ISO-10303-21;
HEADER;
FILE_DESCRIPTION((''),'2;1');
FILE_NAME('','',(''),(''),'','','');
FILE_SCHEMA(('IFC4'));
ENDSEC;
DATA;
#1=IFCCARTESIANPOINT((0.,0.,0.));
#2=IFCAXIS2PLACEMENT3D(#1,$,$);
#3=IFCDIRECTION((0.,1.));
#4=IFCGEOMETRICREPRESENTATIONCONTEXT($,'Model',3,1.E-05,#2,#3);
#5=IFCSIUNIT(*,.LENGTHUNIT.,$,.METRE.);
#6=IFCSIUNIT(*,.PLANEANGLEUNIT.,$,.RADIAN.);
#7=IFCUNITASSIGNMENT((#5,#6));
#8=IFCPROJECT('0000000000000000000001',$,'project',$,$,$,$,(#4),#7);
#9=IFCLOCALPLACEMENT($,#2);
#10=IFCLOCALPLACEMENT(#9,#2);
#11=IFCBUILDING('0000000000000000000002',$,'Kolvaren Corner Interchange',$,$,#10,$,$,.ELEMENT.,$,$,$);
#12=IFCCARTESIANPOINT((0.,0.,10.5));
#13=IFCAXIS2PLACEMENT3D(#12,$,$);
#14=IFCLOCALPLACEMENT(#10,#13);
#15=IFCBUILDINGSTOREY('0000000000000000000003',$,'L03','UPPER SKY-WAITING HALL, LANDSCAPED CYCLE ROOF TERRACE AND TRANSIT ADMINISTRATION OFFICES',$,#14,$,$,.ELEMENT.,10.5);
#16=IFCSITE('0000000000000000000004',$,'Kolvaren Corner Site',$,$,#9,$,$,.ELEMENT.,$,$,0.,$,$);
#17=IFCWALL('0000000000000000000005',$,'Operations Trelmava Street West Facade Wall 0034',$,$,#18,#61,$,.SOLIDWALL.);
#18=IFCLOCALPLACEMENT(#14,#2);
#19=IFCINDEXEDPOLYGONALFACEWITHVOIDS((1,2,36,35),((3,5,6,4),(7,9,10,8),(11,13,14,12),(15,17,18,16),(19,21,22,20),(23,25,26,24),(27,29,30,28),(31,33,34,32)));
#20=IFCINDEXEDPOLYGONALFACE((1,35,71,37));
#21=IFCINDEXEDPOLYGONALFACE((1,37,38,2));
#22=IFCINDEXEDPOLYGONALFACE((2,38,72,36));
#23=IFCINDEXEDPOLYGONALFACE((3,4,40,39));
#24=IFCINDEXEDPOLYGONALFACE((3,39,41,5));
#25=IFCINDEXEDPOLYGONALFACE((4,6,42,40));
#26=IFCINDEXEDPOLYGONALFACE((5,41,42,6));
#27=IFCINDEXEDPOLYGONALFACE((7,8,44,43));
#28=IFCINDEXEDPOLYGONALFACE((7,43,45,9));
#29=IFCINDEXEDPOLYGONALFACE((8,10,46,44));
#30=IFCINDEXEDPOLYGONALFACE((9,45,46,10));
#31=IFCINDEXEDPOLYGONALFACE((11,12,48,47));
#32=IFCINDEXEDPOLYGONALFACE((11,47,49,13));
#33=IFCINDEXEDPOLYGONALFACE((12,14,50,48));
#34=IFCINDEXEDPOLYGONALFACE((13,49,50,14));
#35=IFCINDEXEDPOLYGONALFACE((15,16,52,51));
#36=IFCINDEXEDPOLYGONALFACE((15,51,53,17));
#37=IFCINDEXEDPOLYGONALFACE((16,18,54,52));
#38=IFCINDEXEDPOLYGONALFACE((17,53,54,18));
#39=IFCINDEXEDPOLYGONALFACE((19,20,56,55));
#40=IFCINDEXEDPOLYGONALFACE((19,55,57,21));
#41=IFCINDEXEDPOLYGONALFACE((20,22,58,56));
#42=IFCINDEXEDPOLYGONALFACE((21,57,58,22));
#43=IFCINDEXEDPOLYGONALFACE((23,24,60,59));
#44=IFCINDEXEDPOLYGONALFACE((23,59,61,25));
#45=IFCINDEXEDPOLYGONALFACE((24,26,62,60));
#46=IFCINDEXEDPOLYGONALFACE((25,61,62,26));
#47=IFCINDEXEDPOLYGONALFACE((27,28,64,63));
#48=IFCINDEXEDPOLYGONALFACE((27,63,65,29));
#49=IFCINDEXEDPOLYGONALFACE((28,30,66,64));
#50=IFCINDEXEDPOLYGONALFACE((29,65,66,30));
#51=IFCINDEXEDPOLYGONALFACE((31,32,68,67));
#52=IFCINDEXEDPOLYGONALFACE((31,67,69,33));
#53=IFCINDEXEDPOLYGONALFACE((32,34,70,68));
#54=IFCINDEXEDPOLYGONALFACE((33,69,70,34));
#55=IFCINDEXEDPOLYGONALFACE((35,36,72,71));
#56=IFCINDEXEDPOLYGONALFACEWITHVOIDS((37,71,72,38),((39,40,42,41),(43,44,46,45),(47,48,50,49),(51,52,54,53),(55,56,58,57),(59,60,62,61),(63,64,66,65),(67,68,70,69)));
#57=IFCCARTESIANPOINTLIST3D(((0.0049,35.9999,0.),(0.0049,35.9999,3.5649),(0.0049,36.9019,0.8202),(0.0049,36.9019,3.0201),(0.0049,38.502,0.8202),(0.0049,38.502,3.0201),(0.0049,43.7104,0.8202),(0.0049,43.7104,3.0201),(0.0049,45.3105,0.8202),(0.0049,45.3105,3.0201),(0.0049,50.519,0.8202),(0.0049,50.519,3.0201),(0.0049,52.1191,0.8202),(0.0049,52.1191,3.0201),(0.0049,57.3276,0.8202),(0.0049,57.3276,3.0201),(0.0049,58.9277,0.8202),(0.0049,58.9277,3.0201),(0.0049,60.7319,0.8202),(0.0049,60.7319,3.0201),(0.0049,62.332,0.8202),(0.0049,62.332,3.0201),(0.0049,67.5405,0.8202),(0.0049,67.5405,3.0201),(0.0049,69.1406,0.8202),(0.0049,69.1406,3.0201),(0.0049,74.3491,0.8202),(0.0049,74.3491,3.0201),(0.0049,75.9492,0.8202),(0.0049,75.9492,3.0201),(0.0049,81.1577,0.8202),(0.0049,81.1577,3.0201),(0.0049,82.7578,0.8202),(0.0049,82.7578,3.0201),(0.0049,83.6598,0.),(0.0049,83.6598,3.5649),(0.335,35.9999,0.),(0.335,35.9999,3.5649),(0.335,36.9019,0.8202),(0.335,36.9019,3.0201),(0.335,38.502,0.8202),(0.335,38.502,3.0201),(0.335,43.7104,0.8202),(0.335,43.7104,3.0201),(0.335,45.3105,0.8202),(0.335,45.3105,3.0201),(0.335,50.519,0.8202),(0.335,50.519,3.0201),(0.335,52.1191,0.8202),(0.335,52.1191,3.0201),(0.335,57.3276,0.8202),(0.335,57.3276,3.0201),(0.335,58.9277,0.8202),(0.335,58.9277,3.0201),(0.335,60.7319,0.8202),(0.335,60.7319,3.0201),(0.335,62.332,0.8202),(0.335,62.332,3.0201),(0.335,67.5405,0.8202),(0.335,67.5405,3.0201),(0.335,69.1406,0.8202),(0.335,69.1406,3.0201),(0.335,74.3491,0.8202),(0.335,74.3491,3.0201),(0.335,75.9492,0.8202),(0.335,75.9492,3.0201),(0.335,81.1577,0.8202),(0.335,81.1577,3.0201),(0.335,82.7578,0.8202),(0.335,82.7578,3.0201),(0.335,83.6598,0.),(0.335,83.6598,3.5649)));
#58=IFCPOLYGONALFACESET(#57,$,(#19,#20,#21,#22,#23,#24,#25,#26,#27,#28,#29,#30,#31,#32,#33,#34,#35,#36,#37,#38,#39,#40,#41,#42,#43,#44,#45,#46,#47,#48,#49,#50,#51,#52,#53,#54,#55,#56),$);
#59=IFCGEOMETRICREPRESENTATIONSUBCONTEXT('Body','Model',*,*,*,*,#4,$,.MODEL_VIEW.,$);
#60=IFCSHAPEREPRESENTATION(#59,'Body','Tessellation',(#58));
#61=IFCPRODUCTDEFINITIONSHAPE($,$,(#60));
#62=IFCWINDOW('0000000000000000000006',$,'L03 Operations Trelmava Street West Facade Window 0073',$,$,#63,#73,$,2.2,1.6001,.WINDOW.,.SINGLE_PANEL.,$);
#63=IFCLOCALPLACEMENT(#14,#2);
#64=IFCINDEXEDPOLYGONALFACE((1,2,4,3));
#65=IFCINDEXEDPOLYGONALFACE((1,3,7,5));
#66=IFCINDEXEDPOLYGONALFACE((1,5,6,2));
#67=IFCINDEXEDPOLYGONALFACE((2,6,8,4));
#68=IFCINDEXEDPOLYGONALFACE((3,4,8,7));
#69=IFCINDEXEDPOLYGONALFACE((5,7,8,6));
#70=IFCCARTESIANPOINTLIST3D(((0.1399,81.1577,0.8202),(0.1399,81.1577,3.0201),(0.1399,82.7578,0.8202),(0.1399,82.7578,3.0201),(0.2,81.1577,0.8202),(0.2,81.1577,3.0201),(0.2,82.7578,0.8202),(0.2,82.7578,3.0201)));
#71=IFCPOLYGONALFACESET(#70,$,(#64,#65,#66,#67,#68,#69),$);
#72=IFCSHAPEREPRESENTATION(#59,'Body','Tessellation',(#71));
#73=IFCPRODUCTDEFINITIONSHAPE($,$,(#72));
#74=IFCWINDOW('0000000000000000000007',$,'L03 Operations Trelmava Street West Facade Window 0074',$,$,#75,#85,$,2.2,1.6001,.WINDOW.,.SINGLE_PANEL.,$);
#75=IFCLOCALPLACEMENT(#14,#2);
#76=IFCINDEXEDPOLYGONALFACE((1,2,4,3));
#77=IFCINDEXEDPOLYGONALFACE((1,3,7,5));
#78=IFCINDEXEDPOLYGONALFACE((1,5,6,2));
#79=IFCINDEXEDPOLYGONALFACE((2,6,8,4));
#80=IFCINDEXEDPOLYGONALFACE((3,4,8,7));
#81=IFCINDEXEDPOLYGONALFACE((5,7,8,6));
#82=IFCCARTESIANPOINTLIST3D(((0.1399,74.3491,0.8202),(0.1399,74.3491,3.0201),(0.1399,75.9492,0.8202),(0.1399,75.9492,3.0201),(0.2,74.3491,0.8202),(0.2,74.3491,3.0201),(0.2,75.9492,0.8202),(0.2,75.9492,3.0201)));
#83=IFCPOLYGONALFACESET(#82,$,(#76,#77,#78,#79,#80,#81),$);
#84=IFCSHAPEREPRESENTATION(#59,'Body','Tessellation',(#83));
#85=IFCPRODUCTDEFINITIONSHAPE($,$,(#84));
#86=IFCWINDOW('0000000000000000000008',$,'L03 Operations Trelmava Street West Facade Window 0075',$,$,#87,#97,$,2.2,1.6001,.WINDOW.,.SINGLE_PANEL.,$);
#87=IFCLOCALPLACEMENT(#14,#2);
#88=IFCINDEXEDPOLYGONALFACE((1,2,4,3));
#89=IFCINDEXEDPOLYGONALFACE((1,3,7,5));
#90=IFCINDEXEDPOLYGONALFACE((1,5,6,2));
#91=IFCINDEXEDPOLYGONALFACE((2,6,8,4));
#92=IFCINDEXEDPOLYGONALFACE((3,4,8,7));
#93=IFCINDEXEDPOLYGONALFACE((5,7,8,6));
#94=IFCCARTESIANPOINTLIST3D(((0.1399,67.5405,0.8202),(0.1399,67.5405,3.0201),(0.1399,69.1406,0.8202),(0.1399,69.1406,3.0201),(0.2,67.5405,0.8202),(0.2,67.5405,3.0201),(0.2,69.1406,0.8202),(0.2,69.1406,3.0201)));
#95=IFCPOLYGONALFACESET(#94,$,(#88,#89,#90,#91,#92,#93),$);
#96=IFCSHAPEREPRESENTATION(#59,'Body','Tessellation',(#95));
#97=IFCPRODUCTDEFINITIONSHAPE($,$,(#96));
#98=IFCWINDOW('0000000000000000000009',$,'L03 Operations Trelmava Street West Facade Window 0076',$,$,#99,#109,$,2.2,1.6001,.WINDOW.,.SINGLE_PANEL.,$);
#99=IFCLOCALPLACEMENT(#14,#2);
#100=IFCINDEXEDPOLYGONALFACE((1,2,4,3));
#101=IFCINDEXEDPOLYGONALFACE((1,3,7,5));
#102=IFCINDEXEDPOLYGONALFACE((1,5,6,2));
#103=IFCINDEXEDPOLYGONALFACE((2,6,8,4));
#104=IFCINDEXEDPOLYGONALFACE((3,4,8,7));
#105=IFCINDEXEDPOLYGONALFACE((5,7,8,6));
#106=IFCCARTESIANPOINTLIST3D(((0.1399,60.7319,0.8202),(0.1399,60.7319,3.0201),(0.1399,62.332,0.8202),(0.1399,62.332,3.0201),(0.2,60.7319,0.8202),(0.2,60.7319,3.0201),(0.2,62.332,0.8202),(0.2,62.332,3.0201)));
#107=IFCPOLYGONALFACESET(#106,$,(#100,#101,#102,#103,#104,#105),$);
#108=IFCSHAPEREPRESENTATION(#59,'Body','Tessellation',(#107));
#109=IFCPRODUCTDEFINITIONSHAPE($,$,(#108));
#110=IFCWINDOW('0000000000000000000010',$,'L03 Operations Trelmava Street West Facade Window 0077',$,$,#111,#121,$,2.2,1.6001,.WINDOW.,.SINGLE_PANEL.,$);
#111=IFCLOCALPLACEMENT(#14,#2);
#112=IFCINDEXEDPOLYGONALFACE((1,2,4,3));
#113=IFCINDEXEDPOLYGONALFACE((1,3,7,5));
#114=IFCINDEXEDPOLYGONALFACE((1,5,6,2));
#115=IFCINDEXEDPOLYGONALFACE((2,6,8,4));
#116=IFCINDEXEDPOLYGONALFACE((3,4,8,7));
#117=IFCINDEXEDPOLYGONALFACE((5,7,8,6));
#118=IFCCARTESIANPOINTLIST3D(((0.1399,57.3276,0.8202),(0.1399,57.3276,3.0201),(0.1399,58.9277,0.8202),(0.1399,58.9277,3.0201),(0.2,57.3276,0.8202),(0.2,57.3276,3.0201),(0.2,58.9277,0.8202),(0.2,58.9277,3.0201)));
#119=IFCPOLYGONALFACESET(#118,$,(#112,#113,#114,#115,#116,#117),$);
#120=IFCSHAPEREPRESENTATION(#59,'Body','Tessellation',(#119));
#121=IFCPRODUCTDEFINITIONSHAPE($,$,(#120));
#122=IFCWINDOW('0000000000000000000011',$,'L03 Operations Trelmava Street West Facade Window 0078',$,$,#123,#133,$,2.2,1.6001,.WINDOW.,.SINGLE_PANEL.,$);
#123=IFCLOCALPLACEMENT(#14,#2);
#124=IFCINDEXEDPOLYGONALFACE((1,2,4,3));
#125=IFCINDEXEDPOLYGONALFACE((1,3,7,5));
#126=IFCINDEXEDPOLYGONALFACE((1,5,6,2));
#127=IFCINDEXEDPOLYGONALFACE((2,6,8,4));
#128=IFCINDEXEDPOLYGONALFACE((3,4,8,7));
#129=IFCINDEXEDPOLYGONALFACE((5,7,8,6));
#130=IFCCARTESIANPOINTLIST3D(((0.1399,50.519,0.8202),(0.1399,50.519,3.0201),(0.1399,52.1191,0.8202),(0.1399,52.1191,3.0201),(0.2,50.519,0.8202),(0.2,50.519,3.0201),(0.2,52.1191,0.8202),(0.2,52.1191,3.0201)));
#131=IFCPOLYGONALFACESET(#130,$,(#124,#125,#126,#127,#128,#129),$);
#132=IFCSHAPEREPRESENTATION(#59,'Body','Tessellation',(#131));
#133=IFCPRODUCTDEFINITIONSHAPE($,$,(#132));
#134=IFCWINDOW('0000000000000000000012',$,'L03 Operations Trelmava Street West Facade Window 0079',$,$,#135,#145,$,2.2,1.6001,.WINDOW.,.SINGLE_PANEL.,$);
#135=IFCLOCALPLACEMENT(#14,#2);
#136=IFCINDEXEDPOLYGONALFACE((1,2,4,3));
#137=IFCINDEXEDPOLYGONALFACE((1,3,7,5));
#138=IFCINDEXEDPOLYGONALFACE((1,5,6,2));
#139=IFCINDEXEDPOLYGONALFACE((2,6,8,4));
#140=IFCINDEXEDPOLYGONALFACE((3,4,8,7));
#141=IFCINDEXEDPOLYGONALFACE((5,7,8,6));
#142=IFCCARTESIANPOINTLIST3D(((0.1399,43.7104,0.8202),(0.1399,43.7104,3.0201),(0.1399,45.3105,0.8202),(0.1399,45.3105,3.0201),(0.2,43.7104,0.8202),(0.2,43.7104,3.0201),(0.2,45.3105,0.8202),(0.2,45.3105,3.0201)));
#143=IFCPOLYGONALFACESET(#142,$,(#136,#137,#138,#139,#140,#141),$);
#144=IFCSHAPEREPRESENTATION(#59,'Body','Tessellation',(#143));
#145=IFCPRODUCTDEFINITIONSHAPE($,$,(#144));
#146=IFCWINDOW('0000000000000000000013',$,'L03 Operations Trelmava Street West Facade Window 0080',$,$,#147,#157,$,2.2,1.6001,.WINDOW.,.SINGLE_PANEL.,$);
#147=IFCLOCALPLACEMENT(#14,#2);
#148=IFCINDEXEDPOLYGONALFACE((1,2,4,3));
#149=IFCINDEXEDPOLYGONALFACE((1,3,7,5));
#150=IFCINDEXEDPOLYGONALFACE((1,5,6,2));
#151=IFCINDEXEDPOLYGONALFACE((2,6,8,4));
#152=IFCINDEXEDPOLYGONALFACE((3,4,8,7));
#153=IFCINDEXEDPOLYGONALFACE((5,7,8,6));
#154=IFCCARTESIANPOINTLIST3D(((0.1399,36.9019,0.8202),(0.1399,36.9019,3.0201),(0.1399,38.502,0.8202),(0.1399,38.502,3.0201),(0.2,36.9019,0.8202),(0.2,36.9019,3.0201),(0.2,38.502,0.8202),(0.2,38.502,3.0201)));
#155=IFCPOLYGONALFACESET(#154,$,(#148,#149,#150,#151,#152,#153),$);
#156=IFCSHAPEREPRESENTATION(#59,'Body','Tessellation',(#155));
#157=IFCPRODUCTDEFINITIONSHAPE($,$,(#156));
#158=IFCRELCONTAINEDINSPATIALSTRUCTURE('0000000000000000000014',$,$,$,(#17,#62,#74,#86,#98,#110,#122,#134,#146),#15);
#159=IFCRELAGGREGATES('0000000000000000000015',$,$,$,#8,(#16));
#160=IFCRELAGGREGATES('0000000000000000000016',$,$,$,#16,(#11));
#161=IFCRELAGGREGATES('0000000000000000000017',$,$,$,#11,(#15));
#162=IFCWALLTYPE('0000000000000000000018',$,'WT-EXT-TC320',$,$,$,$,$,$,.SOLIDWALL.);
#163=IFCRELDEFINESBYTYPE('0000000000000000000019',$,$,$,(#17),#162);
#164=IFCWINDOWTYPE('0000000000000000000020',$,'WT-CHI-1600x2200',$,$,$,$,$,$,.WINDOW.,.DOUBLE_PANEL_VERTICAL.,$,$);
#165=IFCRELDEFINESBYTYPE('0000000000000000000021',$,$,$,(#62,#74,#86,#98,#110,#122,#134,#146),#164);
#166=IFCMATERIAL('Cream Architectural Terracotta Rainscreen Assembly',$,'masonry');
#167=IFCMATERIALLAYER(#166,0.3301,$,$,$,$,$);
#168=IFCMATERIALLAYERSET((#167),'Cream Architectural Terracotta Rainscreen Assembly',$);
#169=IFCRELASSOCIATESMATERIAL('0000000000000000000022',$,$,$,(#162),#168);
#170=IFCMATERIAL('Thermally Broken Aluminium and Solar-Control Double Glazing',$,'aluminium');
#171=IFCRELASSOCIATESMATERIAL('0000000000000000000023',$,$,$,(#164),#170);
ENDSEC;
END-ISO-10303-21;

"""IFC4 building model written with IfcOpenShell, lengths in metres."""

from ifc_helpers import new_model, si_unit, direction, frame, frame_2d, origin, place, context, subcontext, project, spatial, rectangle, extrude, material, layer, layer_set, type_object, element, fill, save


model = new_model("IFC4")

# Units and contexts
model_context = context("Model", 3, precision=1e-05, world=origin(), true_north=direction((0.0, 1.0)))
body_context = subcontext(model_context, "Body", "Model", "MODEL_VIEW")
ifc_project = project(units=[si_unit("LENGTHUNIT", "METRE"), si_unit("PLANEANGLEUNIT", "RADIAN")], contexts=[model_context])

# Site, building, storey
site_placement = place(None, origin())
site = spatial("IfcSite", under=ifc_project, at=site_placement, Name="Kolvaren Corner Site", CompositionType="ELEMENT", RefElevation=0.0)
building_placement = place(site_placement, origin())
building = spatial("IfcBuilding", under=site, at=building_placement, Name="Kolvaren Corner Interchange", CompositionType="ELEMENT")
storey_placement = place(building_placement, frame((0.0, 0.0, 10.5)))
storey = spatial("IfcBuildingStorey", under=building, at=storey_placement, Name="L03", Description="UPPER SKY-WAITING HALL, LANDSCAPED CYCLE ROOF TERRACE AND TRANSIT ADMINISTRATION OFFICES", CompositionType="ELEMENT", Elevation=10.5)

# Wall, openings, windows
ifc_material_1 = material(Name="Cream Architectural Terracotta Rainscreen Assembly", Category="masonry")
ifc_layer = layer(ifc_material_1, 0.3301)
ifc_layer_set = layer_set([ifc_layer], Name="Cream Architectural Terracotta Rainscreen Assembly")
wall_type = type_object("IfcWallType", Name="WT-EXT-TC320", PredefinedType="SOLIDWALL", material=ifc_layer_set)
wall_placement = place(storey_placement, frame((0.1699, 83.6599, 0.0), z_axis=(0.0, 0.0, 1.0), x_axis=(0.0, -1.0, 0.0)))
wall = element("IfcWall", 1, at=wall_placement, inside=storey, type_object=wall_type, Name="Operations Trelmava Street West Facade Wall 0034", PredefinedType="SOLIDWALL", context=body_context, shape_type="SweptSolid", body=[
    extrude(rectangle(XDim=47.6599, YDim=0.3301, at=frame_2d((23.8301, 0.0))), origin(), (0.0, 0.0, 1.0), 3.5649),
])
opening_1_placement = place(wall_placement, frame((0.9021, 0.0, 0.8201)))
opening_1 = element("IfcOpeningElement", 2, at=opening_1_placement, cuts=wall, PredefinedType="OPENING", context=body_context, shape_type="SweptSolid", body=[
    extrude(rectangle(XDim=1.6001, YDim=2.2, at=frame_2d((0.8, 1.1001))), frame((0.0, 0.175, 0.0), z_axis=(0.0, -1.0, 0.0), x_axis=(1.0, 0.0, 0.0)), (0.0, 0.0, 1.0), 0.3501),
])
opening_2_placement = place(wall_placement, frame((7.7107, 0.0, 0.8201)))
opening_2 = element("IfcOpeningElement", 3, at=opening_2_placement, cuts=wall, PredefinedType="OPENING", context=body_context, shape_type="SweptSolid", body=[
    extrude(rectangle(XDim=1.6001, YDim=2.2, at=frame_2d((0.8, 1.1001))), frame((0.0, 0.175, 0.0), z_axis=(0.0, -1.0, 0.0), x_axis=(1.0, 0.0, 0.0)), (0.0, 0.0, 1.0), 0.3501),
])
opening_3_placement = place(wall_placement, frame((14.5193, 0.0, 0.8201)))
opening_3 = element("IfcOpeningElement", 4, at=opening_3_placement, cuts=wall, PredefinedType="OPENING", context=body_context, shape_type="SweptSolid", body=[
    extrude(rectangle(XDim=1.6001, YDim=2.2, at=frame_2d((0.8, 1.1001))), frame((0.0, 0.175, 0.0), z_axis=(0.0, -1.0, 0.0), x_axis=(1.0, 0.0, 0.0)), (0.0, 0.0, 1.0), 0.3501),
])
opening_4_placement = place(wall_placement, frame((21.3279, 0.0, 0.8201)))
opening_4 = element("IfcOpeningElement", 5, at=opening_4_placement, cuts=wall, PredefinedType="OPENING", context=body_context, shape_type="SweptSolid", body=[
    extrude(rectangle(XDim=1.6001, YDim=2.2, at=frame_2d((0.8, 1.1001))), frame((0.0, 0.175, 0.0), z_axis=(0.0, -1.0, 0.0), x_axis=(1.0, 0.0, 0.0)), (0.0, 0.0, 1.0), 0.3501),
])
opening_5_placement = place(wall_placement, frame((24.7322, 0.0, 0.8201)))
opening_5 = element("IfcOpeningElement", 6, at=opening_5_placement, cuts=wall, PredefinedType="OPENING", context=body_context, shape_type="SweptSolid", body=[
    extrude(rectangle(XDim=1.6001, YDim=2.2, at=frame_2d((0.8, 1.1001))), frame((0.0, 0.175, 0.0), z_axis=(0.0, -1.0, 0.0), x_axis=(1.0, 0.0, 0.0)), (0.0, 0.0, 1.0), 0.3501),
])
opening_6_placement = place(wall_placement, frame((31.5408, 0.0, 0.8201)))
opening_6 = element("IfcOpeningElement", 7, at=opening_6_placement, cuts=wall, PredefinedType="OPENING", context=body_context, shape_type="SweptSolid", body=[
    extrude(rectangle(XDim=1.6001, YDim=2.2, at=frame_2d((0.8, 1.1001))), frame((0.0, 0.175, 0.0), z_axis=(0.0, -1.0, 0.0), x_axis=(1.0, 0.0, 0.0)), (0.0, 0.0, 1.0), 0.3501),
])
opening_7_placement = place(wall_placement, frame((38.3494, 0.0, 0.8201)))
opening_7 = element("IfcOpeningElement", 8, at=opening_7_placement, cuts=wall, PredefinedType="OPENING", context=body_context, shape_type="SweptSolid", body=[
    extrude(rectangle(XDim=1.6001, YDim=2.2, at=frame_2d((0.8, 1.1001))), frame((0.0, 0.175, 0.0), z_axis=(0.0, -1.0, 0.0), x_axis=(1.0, 0.0, 0.0)), (0.0, 0.0, 1.0), 0.3501),
])
opening_8_placement = place(wall_placement, frame((45.158, 0.0, 0.8201)))
opening_8 = element("IfcOpeningElement", 9, at=opening_8_placement, cuts=wall, PredefinedType="OPENING", context=body_context, shape_type="SweptSolid", body=[
    extrude(rectangle(XDim=1.6001, YDim=2.2, at=frame_2d((0.8, 1.1001))), frame((0.0, 0.175, 0.0), z_axis=(0.0, -1.0, 0.0), x_axis=(1.0, 0.0, 0.0)), (0.0, 0.0, 1.0), 0.3501),
])
ifc_material_2 = material(Name="Thermally Broken Aluminium and Solar-Control Double Glazing", Category="aluminium")
window_type = type_object("IfcWindowType", Name="WT-CHI-1600x2200", PartitioningType="DOUBLE_PANEL_VERTICAL", PredefinedType="WINDOW", material=ifc_material_2)
window_1_placement = place(opening_1_placement, origin())
window_1 = element("IfcWindow", 10, at=window_1_placement, inside=storey, type_object=window_type, Name="L03 Operations Trelmava Street West Facade Window 0073", OverallHeight=2.2, OverallWidth=1.6001, PartitioningType="SINGLE_PANEL", PredefinedType="WINDOW", context=body_context, shape_type="SweptSolid", body=[
    extrude(rectangle(XDim=1.6001, YDim=2.2, at=frame_2d((0.8, 1.1001))), frame((0.0, 0.03, 0.0), z_axis=(0.0, -1.0, 0.0), x_axis=(1.0, 0.0, 0.0)), (0.0, 0.0, 1.0), 0.0601),
])
fill(opening_1, window_1)
window_2_placement = place(opening_2_placement, origin())
window_2 = element("IfcWindow", 11, at=window_2_placement, inside=storey, type_object=window_type, Name="L03 Operations Trelmava Street West Facade Window 0074", OverallHeight=2.2, OverallWidth=1.6001, PartitioningType="SINGLE_PANEL", PredefinedType="WINDOW", context=body_context, shape_type="SweptSolid", body=[
    extrude(rectangle(XDim=1.6001, YDim=2.2, at=frame_2d((0.8, 1.1001))), frame((0.0, 0.03, 0.0), z_axis=(0.0, -1.0, 0.0), x_axis=(1.0, 0.0, 0.0)), (0.0, 0.0, 1.0), 0.0601),
])
fill(opening_2, window_2)
window_3_placement = place(opening_3_placement, origin())
window_3 = element("IfcWindow", 12, at=window_3_placement, inside=storey, type_object=window_type, Name="L03 Operations Trelmava Street West Facade Window 0075", OverallHeight=2.2, OverallWidth=1.6001, PartitioningType="SINGLE_PANEL", PredefinedType="WINDOW", context=body_context, shape_type="SweptSolid", body=[
    extrude(rectangle(XDim=1.6001, YDim=2.2, at=frame_2d((0.8, 1.1001))), frame((0.0, 0.03, 0.0), z_axis=(0.0, -1.0, 0.0), x_axis=(1.0, 0.0, 0.0)), (0.0, 0.0, 1.0), 0.0601),
])
fill(opening_3, window_3)
window_4_placement = place(opening_4_placement, origin())
window_4 = element("IfcWindow", 13, at=window_4_placement, inside=storey, type_object=window_type, Name="L03 Operations Trelmava Street West Facade Window 0076", OverallHeight=2.2, OverallWidth=1.6001, PartitioningType="SINGLE_PANEL", PredefinedType="WINDOW", context=body_context, shape_type="SweptSolid", body=[
    extrude(rectangle(XDim=1.6001, YDim=2.2, at=frame_2d((0.8, 1.1001))), frame((0.0, 0.03, 0.0), z_axis=(0.0, -1.0, 0.0), x_axis=(1.0, 0.0, 0.0)), (0.0, 0.0, 1.0), 0.0601),
])
fill(opening_4, window_4)
window_5_placement = place(opening_5_placement, origin())
window_5 = element("IfcWindow", 14, at=window_5_placement, inside=storey, type_object=window_type, Name="L03 Operations Trelmava Street West Facade Window 0077", OverallHeight=2.2, OverallWidth=1.6001, PartitioningType="SINGLE_PANEL", PredefinedType="WINDOW", context=body_context, shape_type="SweptSolid", body=[
    extrude(rectangle(XDim=1.6001, YDim=2.2, at=frame_2d((0.8, 1.1001))), frame((0.0, 0.03, 0.0), z_axis=(0.0, -1.0, 0.0), x_axis=(1.0, 0.0, 0.0)), (0.0, 0.0, 1.0), 0.0601),
])
fill(opening_5, window_5)
window_6_placement = place(opening_6_placement, origin())
window_6 = element("IfcWindow", 15, at=window_6_placement, inside=storey, type_object=window_type, Name="L03 Operations Trelmava Street West Facade Window 0078", OverallHeight=2.2, OverallWidth=1.6001, PartitioningType="SINGLE_PANEL", PredefinedType="WINDOW", context=body_context, shape_type="SweptSolid", body=[
    extrude(rectangle(XDim=1.6001, YDim=2.2, at=frame_2d((0.8, 1.1001))), frame((0.0, 0.03, 0.0), z_axis=(0.0, -1.0, 0.0), x_axis=(1.0, 0.0, 0.0)), (0.0, 0.0, 1.0), 0.0601),
])
fill(opening_6, window_6)
window_7_placement = place(opening_7_placement, origin())
window_7 = element("IfcWindow", 16, at=window_7_placement, inside=storey, type_object=window_type, Name="L03 Operations Trelmava Street West Facade Window 0079", OverallHeight=2.2, OverallWidth=1.6001, PartitioningType="SINGLE_PANEL", PredefinedType="WINDOW", context=body_context, shape_type="SweptSolid", body=[
    extrude(rectangle(XDim=1.6001, YDim=2.2, at=frame_2d((0.8, 1.1001))), frame((0.0, 0.03, 0.0), z_axis=(0.0, -1.0, 0.0), x_axis=(1.0, 0.0, 0.0)), (0.0, 0.0, 1.0), 0.0601),
])
fill(opening_7, window_7)
window_8_placement = place(opening_8_placement, origin())
window_8 = element("IfcWindow", 17, at=window_8_placement, inside=storey, type_object=window_type, Name="L03 Operations Trelmava Street West Facade Window 0080", OverallHeight=2.2, OverallWidth=1.6001, PartitioningType="SINGLE_PANEL", PredefinedType="WINDOW", context=body_context, shape_type="SweptSolid", body=[
    extrude(rectangle(XDim=1.6001, YDim=2.2, at=frame_2d((0.8, 1.1001))), frame((0.0, 0.03, 0.0), z_axis=(0.0, -1.0, 0.0), x_axis=(1.0, 0.0, 0.0)), (0.0, 0.0, 1.0), 0.0601),
])
fill(opening_8, window_8)

save(model, "model.ifc")
